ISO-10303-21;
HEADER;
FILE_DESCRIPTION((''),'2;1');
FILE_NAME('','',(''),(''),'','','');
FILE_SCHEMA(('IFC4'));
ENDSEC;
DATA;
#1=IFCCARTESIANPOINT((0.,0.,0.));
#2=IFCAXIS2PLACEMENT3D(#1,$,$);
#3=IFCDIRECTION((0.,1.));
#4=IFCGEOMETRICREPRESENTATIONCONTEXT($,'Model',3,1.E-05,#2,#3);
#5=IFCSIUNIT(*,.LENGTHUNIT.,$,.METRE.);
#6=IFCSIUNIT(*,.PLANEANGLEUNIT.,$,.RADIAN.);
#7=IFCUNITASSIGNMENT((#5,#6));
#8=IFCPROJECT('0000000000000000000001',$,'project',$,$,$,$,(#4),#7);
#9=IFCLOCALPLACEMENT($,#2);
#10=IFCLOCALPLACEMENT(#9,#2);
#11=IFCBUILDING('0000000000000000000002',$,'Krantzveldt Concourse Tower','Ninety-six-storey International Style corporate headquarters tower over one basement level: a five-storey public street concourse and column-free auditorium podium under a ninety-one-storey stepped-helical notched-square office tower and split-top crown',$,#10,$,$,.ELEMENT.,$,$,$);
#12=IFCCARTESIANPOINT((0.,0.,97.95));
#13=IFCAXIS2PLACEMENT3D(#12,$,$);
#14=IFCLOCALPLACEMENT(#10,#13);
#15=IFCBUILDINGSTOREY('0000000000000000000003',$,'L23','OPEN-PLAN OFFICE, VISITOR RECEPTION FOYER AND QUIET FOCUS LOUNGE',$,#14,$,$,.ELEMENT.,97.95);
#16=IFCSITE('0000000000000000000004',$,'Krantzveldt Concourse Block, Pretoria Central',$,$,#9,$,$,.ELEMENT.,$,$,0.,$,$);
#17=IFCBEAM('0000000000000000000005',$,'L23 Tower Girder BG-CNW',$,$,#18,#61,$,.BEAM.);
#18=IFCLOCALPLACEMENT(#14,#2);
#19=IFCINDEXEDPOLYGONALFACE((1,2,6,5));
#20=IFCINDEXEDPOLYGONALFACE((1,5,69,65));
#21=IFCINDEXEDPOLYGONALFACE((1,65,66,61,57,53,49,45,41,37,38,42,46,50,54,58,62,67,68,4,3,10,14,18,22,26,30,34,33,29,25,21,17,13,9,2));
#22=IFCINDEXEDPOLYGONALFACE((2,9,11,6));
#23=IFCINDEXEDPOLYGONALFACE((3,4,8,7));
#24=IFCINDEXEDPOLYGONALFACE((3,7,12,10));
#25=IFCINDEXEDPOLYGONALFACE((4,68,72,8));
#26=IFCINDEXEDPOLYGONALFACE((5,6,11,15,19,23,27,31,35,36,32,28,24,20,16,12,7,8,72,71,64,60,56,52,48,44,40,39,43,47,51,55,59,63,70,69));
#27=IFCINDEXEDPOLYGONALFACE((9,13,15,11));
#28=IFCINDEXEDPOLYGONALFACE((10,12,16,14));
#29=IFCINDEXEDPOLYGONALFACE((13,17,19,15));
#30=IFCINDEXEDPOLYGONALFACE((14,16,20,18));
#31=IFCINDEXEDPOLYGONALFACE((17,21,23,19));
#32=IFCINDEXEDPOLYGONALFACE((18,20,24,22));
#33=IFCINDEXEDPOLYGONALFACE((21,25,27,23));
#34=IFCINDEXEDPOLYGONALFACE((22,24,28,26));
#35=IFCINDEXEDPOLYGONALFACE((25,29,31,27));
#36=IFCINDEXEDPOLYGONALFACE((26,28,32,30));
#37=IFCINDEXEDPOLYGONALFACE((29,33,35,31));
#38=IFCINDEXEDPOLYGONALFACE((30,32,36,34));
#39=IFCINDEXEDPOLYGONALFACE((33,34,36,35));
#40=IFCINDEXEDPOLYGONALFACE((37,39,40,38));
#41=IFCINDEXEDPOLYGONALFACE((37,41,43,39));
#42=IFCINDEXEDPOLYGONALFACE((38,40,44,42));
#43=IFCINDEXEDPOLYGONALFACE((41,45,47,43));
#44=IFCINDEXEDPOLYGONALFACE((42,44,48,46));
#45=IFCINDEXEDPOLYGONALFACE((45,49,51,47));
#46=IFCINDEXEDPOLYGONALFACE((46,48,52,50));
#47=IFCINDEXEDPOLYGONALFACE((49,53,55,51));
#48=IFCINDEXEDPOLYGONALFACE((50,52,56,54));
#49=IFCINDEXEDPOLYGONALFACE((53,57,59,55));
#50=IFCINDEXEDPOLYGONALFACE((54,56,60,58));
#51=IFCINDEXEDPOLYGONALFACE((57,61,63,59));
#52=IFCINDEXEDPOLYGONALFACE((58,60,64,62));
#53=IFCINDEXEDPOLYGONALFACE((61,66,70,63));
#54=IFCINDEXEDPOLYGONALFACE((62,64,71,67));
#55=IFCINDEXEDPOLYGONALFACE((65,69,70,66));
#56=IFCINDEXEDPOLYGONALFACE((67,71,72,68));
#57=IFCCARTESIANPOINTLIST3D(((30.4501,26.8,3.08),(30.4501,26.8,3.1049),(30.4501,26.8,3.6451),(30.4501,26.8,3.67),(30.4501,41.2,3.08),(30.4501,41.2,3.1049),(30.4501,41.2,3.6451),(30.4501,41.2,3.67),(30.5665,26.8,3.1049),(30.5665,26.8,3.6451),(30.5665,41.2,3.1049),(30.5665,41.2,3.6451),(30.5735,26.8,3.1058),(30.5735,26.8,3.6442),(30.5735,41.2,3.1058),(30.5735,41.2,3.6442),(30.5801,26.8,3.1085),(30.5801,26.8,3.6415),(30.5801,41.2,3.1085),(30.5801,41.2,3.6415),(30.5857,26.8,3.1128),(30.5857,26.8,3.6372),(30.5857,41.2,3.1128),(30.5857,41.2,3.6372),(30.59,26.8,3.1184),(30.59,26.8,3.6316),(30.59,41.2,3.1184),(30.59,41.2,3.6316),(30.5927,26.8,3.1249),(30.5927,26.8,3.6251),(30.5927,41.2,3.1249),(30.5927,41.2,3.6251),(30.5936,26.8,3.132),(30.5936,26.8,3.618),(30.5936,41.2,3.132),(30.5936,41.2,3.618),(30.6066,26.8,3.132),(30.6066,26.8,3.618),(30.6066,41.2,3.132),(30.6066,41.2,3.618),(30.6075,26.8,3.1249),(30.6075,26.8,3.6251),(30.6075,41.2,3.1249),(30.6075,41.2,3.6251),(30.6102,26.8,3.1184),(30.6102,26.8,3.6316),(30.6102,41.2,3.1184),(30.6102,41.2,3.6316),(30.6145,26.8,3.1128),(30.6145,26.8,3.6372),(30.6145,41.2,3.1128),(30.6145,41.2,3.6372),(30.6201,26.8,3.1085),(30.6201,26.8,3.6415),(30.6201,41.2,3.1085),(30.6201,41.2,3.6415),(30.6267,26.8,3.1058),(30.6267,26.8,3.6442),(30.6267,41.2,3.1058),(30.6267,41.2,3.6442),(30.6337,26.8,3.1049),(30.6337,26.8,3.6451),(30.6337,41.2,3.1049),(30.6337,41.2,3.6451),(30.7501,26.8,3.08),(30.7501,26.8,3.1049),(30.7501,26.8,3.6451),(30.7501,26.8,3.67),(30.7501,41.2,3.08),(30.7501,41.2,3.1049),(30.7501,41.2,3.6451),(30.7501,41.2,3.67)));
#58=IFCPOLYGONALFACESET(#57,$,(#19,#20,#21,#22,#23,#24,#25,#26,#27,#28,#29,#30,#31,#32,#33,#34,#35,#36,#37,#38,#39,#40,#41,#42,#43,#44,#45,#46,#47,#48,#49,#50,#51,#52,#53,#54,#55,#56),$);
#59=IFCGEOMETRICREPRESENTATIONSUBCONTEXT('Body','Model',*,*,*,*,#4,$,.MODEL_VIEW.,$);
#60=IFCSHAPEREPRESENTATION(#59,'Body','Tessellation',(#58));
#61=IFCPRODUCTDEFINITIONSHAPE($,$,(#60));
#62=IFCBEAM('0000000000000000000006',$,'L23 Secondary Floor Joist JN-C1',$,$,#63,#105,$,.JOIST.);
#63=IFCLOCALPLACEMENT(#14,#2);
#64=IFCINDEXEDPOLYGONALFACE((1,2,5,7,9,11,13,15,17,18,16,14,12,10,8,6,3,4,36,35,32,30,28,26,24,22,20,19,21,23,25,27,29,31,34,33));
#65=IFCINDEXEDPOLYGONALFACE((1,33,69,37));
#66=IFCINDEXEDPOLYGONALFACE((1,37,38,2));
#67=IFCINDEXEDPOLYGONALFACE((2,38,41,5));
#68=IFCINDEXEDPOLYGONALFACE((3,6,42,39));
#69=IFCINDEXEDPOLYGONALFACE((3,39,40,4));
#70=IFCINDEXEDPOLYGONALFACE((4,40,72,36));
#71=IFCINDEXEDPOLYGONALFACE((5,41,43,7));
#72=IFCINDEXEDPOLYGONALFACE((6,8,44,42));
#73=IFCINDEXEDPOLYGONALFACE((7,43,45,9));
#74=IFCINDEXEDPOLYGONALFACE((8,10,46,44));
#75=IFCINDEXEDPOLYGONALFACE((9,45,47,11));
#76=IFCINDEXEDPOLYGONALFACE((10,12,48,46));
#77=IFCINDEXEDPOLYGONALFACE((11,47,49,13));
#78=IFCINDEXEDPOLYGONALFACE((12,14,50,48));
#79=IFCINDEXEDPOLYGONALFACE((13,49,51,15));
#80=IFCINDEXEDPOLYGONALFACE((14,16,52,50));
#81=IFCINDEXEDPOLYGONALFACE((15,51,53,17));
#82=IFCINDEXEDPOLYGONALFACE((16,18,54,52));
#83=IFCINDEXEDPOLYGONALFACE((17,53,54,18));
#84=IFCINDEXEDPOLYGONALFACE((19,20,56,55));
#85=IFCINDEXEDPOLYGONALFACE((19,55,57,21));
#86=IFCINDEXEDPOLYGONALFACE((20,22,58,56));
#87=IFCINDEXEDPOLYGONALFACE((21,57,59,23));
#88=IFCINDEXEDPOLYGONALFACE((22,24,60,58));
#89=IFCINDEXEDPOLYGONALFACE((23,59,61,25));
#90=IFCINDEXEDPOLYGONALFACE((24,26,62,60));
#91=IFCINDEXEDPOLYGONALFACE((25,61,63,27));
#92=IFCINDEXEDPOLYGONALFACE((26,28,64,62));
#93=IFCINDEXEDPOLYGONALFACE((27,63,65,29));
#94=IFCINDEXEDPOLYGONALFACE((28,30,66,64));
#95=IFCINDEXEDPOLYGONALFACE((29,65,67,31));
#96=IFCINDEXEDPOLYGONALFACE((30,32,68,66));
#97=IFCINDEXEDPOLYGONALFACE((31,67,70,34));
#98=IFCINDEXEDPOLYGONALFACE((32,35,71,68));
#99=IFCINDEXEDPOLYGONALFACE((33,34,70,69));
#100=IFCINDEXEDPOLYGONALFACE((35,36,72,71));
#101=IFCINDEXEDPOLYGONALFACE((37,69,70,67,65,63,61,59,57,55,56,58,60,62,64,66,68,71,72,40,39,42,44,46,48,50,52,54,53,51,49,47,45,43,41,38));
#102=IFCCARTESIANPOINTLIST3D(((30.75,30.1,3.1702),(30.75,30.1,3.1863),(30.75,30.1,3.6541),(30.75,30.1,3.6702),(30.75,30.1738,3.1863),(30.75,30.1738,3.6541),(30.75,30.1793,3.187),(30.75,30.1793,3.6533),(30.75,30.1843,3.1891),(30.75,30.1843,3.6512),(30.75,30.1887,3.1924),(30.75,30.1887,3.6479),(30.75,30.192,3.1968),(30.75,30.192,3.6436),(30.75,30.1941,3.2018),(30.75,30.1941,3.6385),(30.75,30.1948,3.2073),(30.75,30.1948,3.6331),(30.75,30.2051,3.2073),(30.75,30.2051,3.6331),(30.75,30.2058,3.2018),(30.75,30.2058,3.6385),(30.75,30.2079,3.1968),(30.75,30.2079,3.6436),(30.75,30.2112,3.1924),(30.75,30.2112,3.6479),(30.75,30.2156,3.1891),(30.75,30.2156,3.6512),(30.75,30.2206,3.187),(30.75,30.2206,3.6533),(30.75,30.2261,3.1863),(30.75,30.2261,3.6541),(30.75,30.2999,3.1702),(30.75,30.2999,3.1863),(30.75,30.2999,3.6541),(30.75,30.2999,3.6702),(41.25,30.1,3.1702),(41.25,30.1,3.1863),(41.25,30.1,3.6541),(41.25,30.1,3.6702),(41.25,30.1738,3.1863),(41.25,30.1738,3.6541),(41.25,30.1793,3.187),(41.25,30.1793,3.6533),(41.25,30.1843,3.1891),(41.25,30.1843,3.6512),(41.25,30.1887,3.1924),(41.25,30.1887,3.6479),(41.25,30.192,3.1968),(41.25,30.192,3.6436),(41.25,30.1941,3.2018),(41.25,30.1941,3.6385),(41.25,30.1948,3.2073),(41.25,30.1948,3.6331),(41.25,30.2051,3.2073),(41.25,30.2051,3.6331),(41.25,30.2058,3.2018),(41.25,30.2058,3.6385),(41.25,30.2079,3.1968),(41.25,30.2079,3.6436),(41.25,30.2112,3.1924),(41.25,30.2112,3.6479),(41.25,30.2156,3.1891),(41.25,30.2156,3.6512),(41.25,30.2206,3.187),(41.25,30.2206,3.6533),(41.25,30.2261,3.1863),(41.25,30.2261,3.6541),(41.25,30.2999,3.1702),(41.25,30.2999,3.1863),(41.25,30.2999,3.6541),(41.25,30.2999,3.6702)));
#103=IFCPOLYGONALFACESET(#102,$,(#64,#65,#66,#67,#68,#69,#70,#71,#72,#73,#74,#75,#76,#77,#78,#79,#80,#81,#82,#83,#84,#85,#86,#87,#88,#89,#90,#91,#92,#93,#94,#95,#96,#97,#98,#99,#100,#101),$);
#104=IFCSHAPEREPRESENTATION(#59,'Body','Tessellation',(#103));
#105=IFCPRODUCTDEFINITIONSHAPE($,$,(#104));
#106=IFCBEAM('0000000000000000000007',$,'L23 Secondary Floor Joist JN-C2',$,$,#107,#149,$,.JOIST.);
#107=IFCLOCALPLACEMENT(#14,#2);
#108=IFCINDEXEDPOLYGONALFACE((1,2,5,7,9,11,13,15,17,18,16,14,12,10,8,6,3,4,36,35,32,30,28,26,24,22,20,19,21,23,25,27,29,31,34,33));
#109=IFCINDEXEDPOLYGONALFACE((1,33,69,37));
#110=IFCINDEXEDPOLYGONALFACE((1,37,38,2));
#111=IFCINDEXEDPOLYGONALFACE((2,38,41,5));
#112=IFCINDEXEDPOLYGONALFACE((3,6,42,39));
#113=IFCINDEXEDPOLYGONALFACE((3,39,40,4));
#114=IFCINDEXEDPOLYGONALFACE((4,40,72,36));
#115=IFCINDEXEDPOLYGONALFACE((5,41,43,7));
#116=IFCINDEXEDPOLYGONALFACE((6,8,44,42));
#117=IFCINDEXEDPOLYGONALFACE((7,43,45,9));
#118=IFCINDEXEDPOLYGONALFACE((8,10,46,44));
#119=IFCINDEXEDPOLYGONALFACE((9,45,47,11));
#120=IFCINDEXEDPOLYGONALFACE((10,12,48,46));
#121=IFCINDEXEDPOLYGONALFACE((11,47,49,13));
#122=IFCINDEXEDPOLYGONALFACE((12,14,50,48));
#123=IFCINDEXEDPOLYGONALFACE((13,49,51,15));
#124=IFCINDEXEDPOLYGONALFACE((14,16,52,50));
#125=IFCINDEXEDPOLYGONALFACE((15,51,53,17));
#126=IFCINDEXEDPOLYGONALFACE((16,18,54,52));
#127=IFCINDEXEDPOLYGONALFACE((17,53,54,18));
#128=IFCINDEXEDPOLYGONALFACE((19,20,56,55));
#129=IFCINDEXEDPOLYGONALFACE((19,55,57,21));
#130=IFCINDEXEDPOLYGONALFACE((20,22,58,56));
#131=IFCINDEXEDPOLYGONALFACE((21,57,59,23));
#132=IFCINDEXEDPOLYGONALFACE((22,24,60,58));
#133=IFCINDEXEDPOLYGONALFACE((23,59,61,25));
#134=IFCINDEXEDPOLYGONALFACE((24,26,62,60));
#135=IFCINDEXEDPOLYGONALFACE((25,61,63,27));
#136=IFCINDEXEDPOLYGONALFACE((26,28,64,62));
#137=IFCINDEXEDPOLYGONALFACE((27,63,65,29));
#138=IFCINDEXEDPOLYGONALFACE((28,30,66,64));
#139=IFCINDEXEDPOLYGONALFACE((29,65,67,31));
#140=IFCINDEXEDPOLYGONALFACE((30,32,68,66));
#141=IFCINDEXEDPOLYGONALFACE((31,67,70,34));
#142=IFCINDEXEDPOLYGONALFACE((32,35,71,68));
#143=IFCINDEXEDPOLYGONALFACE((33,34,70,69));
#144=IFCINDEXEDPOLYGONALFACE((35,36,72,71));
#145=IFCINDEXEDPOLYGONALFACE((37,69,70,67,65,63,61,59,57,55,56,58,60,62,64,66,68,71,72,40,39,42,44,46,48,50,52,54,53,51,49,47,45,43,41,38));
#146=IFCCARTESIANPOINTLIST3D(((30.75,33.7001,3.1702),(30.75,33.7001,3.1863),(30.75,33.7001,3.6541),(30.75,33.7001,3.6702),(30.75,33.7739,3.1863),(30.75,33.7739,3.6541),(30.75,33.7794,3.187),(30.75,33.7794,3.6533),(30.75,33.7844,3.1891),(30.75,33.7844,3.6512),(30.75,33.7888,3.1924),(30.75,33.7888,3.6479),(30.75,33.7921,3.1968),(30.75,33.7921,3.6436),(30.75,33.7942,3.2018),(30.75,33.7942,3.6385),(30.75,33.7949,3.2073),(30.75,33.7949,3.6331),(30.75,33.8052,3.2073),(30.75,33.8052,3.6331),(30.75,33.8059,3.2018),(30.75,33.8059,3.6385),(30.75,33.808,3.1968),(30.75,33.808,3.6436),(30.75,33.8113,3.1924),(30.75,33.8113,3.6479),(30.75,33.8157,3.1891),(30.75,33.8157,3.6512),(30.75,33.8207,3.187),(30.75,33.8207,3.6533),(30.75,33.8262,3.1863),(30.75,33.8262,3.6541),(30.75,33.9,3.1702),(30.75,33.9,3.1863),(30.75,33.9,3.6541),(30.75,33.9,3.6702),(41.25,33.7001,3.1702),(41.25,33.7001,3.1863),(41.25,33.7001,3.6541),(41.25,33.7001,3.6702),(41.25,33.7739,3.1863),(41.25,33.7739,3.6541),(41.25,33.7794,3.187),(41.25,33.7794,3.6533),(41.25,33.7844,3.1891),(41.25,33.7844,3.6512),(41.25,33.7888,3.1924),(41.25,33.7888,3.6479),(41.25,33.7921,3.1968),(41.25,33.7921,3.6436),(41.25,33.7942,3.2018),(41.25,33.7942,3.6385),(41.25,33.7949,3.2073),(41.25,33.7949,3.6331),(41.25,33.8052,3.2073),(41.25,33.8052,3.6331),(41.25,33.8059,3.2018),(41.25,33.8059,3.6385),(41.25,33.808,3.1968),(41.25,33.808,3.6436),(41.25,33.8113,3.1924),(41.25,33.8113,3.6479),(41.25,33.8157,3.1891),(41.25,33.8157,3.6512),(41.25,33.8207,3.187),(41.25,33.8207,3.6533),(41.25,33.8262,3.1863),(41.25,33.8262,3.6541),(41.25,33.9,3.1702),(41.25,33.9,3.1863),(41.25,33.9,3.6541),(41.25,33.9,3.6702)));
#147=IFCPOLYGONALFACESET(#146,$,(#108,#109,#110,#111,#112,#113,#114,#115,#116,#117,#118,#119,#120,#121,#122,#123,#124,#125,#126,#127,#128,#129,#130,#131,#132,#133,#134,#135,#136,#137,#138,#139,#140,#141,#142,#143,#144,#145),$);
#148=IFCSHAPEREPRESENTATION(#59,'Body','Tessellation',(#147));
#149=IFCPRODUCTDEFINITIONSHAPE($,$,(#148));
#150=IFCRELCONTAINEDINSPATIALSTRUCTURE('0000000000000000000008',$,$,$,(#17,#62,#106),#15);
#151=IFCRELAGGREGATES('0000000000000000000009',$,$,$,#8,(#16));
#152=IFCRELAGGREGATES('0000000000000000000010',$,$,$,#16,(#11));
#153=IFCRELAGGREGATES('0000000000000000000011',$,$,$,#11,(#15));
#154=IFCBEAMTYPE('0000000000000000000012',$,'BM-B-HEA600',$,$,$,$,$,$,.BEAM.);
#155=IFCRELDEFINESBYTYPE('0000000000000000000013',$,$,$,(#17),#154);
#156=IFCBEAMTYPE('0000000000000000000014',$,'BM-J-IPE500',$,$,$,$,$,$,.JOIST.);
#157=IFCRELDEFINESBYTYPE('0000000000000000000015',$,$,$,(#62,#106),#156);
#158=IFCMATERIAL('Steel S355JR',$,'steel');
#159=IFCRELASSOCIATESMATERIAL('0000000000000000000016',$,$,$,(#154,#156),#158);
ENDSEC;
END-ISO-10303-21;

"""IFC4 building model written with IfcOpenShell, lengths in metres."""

from ifc_helpers import new_model, si_unit, direction, frame, origin, origin_2d, place, context, subcontext, project, spatial, i_section, extrude, source, transform, mapped, material, material_profile, profile_set, type_object, type_shapes, element, save


model = new_model("IFC4")

# Units and contexts
model_context = context("Model", 3, precision=1e-05, world=origin(), true_north=direction((0.0, 1.0)))
body_context = subcontext(model_context, "Body", "Model", "MODEL_VIEW")
ifc_project = project(units=[si_unit("LENGTHUNIT", "METRE"), si_unit("PLANEANGLEUNIT", "RADIAN")], contexts=[model_context])

# Site, building, storey
site_placement = place(None, origin())
site = spatial("IfcSite", under=ifc_project, at=site_placement, Name="Krantzveldt Concourse Block, Pretoria Central", CompositionType="ELEMENT", RefElevation=0.0)
building_placement = place(site_placement, origin())
building = spatial("IfcBuilding", under=site, at=building_placement, Name="Krantzveldt Concourse Tower", Description="Ninety-six-storey International Style corporate headquarters tower over one basement level: a five-storey public street concourse and column-free auditorium podium under a ninety-one-storey stepped-helical notched-square office tower and split-top crown", CompositionType="ELEMENT")
storey_placement = place(building_placement, frame((0.0, 0.0, 97.95)))
storey = spatial("IfcBuildingStorey", under=building, at=storey_placement, Name="L23", Description="OPEN-PLAN OFFICE, VISITOR RECEPTION FOYER AND QUIET FOCUS LOUNGE", CompositionType="ELEMENT", Elevation=97.95)

# Beams
ifc_material_1 = material(Name="Steel S355JR", Category="steel")
ifc_material_profile_1 = material_profile(ifc_material_1, i_section(OverallWidth=0.3, OverallDepth=0.5901, WebThickness=0.0129, FlangeThickness=0.0249, FilletRadius=0.0271, at=origin_2d()), Name="Steel S355JR", Category="steel")
ifc_profile_set_1 = profile_set([ifc_material_profile_1], Name="Steel S355JR - HEA 600")
beam_type_1 = type_object("IfcBeamType", Name="BM-B-HEA600", PredefinedType="BEAM", material=ifc_profile_set_1)
shared_shape_1 = source(origin(), body_context, "Body", "SweptSolid", [
    extrude(i_section(OverallWidth=0.3, OverallDepth=0.5901, WebThickness=0.0129, FlangeThickness=0.0249, FilletRadius=0.0271, at=origin_2d()), origin(), (0.0, 0.0, 1.0), 14.3999),
])
type_shapes(beam_type_1, [shared_shape_1])
beam_1_placement = place(storey_placement, frame((30.6001, 26.8, 3.375), z_axis=(0.0, 1.0, 0.0), x_axis=(-1.0, 0.0, 0.0)))
element("IfcBeam", 1, at=beam_1_placement, inside=storey, type_object=beam_type_1, Name="L23 Tower Girder BG-CNW", PredefinedType="BEAM", context=body_context, shape_type="MappedRepresentation", body=[
    mapped(shared_shape_1, transform((0.0, 0.0, 0.0), x_axis=(1.0, 0.0, 0.0), y_axis=(0.0, 1.0, 0.0), z_axis=(0.0, 0.0, 1.0), scale=1.0)),
])
ifc_material_profile_2 = material_profile(ifc_material_1, i_section(OverallWidth=0.2, OverallDepth=0.5, WebThickness=0.0103, FlangeThickness=0.0161, FilletRadius=0.021, at=origin_2d()), Name="Steel S355JR", Category="steel")
ifc_profile_set_2 = profile_set([ifc_material_profile_2], Name="Steel S355JR - IPE 500")
beam_type_2 = type_object("IfcBeamType", Name="BM-J-IPE500", PredefinedType="JOIST", material=ifc_profile_set_2)
shared_shape_2 = source(origin(), body_context, "Body", "SweptSolid", [
    extrude(i_section(OverallWidth=0.2, OverallDepth=0.5, WebThickness=0.0103, FlangeThickness=0.0161, FilletRadius=0.021, at=origin_2d()), origin(), (0.0, 0.0, 1.0), 10.5),
])
type_shapes(beam_type_2, [shared_shape_2])
for number, where, z_axis, x_axis, name in (
    (2, (30.75, 30.2, 3.4202), (1.0, 0.0, 0.0), (0.0, 1.0, 0.0), "L23 Secondary Floor Joist JN-C1"),
    (3, (30.75, 33.8, 3.4202), (1.0, 0.0, 0.0), (0.0, 1.0, 0.0), "L23 Secondary Floor Joist JN-C2"),
):
    element("IfcBeam", number, at=place(storey_placement, frame(where, z_axis=z_axis, x_axis=x_axis)), inside=storey, type_object=beam_type_2, Name=name, PredefinedType="JOIST", context=body_context, shape_type="MappedRepresentation", body=[
        mapped(shared_shape_2, transform((0.0, 0.0, 0.0), x_axis=(1.0, 0.0, 0.0), y_axis=(0.0, 1.0, 0.0), z_axis=(0.0, 0.0, 1.0), scale=1.0)),
    ])

save(model, "model.ifc")
